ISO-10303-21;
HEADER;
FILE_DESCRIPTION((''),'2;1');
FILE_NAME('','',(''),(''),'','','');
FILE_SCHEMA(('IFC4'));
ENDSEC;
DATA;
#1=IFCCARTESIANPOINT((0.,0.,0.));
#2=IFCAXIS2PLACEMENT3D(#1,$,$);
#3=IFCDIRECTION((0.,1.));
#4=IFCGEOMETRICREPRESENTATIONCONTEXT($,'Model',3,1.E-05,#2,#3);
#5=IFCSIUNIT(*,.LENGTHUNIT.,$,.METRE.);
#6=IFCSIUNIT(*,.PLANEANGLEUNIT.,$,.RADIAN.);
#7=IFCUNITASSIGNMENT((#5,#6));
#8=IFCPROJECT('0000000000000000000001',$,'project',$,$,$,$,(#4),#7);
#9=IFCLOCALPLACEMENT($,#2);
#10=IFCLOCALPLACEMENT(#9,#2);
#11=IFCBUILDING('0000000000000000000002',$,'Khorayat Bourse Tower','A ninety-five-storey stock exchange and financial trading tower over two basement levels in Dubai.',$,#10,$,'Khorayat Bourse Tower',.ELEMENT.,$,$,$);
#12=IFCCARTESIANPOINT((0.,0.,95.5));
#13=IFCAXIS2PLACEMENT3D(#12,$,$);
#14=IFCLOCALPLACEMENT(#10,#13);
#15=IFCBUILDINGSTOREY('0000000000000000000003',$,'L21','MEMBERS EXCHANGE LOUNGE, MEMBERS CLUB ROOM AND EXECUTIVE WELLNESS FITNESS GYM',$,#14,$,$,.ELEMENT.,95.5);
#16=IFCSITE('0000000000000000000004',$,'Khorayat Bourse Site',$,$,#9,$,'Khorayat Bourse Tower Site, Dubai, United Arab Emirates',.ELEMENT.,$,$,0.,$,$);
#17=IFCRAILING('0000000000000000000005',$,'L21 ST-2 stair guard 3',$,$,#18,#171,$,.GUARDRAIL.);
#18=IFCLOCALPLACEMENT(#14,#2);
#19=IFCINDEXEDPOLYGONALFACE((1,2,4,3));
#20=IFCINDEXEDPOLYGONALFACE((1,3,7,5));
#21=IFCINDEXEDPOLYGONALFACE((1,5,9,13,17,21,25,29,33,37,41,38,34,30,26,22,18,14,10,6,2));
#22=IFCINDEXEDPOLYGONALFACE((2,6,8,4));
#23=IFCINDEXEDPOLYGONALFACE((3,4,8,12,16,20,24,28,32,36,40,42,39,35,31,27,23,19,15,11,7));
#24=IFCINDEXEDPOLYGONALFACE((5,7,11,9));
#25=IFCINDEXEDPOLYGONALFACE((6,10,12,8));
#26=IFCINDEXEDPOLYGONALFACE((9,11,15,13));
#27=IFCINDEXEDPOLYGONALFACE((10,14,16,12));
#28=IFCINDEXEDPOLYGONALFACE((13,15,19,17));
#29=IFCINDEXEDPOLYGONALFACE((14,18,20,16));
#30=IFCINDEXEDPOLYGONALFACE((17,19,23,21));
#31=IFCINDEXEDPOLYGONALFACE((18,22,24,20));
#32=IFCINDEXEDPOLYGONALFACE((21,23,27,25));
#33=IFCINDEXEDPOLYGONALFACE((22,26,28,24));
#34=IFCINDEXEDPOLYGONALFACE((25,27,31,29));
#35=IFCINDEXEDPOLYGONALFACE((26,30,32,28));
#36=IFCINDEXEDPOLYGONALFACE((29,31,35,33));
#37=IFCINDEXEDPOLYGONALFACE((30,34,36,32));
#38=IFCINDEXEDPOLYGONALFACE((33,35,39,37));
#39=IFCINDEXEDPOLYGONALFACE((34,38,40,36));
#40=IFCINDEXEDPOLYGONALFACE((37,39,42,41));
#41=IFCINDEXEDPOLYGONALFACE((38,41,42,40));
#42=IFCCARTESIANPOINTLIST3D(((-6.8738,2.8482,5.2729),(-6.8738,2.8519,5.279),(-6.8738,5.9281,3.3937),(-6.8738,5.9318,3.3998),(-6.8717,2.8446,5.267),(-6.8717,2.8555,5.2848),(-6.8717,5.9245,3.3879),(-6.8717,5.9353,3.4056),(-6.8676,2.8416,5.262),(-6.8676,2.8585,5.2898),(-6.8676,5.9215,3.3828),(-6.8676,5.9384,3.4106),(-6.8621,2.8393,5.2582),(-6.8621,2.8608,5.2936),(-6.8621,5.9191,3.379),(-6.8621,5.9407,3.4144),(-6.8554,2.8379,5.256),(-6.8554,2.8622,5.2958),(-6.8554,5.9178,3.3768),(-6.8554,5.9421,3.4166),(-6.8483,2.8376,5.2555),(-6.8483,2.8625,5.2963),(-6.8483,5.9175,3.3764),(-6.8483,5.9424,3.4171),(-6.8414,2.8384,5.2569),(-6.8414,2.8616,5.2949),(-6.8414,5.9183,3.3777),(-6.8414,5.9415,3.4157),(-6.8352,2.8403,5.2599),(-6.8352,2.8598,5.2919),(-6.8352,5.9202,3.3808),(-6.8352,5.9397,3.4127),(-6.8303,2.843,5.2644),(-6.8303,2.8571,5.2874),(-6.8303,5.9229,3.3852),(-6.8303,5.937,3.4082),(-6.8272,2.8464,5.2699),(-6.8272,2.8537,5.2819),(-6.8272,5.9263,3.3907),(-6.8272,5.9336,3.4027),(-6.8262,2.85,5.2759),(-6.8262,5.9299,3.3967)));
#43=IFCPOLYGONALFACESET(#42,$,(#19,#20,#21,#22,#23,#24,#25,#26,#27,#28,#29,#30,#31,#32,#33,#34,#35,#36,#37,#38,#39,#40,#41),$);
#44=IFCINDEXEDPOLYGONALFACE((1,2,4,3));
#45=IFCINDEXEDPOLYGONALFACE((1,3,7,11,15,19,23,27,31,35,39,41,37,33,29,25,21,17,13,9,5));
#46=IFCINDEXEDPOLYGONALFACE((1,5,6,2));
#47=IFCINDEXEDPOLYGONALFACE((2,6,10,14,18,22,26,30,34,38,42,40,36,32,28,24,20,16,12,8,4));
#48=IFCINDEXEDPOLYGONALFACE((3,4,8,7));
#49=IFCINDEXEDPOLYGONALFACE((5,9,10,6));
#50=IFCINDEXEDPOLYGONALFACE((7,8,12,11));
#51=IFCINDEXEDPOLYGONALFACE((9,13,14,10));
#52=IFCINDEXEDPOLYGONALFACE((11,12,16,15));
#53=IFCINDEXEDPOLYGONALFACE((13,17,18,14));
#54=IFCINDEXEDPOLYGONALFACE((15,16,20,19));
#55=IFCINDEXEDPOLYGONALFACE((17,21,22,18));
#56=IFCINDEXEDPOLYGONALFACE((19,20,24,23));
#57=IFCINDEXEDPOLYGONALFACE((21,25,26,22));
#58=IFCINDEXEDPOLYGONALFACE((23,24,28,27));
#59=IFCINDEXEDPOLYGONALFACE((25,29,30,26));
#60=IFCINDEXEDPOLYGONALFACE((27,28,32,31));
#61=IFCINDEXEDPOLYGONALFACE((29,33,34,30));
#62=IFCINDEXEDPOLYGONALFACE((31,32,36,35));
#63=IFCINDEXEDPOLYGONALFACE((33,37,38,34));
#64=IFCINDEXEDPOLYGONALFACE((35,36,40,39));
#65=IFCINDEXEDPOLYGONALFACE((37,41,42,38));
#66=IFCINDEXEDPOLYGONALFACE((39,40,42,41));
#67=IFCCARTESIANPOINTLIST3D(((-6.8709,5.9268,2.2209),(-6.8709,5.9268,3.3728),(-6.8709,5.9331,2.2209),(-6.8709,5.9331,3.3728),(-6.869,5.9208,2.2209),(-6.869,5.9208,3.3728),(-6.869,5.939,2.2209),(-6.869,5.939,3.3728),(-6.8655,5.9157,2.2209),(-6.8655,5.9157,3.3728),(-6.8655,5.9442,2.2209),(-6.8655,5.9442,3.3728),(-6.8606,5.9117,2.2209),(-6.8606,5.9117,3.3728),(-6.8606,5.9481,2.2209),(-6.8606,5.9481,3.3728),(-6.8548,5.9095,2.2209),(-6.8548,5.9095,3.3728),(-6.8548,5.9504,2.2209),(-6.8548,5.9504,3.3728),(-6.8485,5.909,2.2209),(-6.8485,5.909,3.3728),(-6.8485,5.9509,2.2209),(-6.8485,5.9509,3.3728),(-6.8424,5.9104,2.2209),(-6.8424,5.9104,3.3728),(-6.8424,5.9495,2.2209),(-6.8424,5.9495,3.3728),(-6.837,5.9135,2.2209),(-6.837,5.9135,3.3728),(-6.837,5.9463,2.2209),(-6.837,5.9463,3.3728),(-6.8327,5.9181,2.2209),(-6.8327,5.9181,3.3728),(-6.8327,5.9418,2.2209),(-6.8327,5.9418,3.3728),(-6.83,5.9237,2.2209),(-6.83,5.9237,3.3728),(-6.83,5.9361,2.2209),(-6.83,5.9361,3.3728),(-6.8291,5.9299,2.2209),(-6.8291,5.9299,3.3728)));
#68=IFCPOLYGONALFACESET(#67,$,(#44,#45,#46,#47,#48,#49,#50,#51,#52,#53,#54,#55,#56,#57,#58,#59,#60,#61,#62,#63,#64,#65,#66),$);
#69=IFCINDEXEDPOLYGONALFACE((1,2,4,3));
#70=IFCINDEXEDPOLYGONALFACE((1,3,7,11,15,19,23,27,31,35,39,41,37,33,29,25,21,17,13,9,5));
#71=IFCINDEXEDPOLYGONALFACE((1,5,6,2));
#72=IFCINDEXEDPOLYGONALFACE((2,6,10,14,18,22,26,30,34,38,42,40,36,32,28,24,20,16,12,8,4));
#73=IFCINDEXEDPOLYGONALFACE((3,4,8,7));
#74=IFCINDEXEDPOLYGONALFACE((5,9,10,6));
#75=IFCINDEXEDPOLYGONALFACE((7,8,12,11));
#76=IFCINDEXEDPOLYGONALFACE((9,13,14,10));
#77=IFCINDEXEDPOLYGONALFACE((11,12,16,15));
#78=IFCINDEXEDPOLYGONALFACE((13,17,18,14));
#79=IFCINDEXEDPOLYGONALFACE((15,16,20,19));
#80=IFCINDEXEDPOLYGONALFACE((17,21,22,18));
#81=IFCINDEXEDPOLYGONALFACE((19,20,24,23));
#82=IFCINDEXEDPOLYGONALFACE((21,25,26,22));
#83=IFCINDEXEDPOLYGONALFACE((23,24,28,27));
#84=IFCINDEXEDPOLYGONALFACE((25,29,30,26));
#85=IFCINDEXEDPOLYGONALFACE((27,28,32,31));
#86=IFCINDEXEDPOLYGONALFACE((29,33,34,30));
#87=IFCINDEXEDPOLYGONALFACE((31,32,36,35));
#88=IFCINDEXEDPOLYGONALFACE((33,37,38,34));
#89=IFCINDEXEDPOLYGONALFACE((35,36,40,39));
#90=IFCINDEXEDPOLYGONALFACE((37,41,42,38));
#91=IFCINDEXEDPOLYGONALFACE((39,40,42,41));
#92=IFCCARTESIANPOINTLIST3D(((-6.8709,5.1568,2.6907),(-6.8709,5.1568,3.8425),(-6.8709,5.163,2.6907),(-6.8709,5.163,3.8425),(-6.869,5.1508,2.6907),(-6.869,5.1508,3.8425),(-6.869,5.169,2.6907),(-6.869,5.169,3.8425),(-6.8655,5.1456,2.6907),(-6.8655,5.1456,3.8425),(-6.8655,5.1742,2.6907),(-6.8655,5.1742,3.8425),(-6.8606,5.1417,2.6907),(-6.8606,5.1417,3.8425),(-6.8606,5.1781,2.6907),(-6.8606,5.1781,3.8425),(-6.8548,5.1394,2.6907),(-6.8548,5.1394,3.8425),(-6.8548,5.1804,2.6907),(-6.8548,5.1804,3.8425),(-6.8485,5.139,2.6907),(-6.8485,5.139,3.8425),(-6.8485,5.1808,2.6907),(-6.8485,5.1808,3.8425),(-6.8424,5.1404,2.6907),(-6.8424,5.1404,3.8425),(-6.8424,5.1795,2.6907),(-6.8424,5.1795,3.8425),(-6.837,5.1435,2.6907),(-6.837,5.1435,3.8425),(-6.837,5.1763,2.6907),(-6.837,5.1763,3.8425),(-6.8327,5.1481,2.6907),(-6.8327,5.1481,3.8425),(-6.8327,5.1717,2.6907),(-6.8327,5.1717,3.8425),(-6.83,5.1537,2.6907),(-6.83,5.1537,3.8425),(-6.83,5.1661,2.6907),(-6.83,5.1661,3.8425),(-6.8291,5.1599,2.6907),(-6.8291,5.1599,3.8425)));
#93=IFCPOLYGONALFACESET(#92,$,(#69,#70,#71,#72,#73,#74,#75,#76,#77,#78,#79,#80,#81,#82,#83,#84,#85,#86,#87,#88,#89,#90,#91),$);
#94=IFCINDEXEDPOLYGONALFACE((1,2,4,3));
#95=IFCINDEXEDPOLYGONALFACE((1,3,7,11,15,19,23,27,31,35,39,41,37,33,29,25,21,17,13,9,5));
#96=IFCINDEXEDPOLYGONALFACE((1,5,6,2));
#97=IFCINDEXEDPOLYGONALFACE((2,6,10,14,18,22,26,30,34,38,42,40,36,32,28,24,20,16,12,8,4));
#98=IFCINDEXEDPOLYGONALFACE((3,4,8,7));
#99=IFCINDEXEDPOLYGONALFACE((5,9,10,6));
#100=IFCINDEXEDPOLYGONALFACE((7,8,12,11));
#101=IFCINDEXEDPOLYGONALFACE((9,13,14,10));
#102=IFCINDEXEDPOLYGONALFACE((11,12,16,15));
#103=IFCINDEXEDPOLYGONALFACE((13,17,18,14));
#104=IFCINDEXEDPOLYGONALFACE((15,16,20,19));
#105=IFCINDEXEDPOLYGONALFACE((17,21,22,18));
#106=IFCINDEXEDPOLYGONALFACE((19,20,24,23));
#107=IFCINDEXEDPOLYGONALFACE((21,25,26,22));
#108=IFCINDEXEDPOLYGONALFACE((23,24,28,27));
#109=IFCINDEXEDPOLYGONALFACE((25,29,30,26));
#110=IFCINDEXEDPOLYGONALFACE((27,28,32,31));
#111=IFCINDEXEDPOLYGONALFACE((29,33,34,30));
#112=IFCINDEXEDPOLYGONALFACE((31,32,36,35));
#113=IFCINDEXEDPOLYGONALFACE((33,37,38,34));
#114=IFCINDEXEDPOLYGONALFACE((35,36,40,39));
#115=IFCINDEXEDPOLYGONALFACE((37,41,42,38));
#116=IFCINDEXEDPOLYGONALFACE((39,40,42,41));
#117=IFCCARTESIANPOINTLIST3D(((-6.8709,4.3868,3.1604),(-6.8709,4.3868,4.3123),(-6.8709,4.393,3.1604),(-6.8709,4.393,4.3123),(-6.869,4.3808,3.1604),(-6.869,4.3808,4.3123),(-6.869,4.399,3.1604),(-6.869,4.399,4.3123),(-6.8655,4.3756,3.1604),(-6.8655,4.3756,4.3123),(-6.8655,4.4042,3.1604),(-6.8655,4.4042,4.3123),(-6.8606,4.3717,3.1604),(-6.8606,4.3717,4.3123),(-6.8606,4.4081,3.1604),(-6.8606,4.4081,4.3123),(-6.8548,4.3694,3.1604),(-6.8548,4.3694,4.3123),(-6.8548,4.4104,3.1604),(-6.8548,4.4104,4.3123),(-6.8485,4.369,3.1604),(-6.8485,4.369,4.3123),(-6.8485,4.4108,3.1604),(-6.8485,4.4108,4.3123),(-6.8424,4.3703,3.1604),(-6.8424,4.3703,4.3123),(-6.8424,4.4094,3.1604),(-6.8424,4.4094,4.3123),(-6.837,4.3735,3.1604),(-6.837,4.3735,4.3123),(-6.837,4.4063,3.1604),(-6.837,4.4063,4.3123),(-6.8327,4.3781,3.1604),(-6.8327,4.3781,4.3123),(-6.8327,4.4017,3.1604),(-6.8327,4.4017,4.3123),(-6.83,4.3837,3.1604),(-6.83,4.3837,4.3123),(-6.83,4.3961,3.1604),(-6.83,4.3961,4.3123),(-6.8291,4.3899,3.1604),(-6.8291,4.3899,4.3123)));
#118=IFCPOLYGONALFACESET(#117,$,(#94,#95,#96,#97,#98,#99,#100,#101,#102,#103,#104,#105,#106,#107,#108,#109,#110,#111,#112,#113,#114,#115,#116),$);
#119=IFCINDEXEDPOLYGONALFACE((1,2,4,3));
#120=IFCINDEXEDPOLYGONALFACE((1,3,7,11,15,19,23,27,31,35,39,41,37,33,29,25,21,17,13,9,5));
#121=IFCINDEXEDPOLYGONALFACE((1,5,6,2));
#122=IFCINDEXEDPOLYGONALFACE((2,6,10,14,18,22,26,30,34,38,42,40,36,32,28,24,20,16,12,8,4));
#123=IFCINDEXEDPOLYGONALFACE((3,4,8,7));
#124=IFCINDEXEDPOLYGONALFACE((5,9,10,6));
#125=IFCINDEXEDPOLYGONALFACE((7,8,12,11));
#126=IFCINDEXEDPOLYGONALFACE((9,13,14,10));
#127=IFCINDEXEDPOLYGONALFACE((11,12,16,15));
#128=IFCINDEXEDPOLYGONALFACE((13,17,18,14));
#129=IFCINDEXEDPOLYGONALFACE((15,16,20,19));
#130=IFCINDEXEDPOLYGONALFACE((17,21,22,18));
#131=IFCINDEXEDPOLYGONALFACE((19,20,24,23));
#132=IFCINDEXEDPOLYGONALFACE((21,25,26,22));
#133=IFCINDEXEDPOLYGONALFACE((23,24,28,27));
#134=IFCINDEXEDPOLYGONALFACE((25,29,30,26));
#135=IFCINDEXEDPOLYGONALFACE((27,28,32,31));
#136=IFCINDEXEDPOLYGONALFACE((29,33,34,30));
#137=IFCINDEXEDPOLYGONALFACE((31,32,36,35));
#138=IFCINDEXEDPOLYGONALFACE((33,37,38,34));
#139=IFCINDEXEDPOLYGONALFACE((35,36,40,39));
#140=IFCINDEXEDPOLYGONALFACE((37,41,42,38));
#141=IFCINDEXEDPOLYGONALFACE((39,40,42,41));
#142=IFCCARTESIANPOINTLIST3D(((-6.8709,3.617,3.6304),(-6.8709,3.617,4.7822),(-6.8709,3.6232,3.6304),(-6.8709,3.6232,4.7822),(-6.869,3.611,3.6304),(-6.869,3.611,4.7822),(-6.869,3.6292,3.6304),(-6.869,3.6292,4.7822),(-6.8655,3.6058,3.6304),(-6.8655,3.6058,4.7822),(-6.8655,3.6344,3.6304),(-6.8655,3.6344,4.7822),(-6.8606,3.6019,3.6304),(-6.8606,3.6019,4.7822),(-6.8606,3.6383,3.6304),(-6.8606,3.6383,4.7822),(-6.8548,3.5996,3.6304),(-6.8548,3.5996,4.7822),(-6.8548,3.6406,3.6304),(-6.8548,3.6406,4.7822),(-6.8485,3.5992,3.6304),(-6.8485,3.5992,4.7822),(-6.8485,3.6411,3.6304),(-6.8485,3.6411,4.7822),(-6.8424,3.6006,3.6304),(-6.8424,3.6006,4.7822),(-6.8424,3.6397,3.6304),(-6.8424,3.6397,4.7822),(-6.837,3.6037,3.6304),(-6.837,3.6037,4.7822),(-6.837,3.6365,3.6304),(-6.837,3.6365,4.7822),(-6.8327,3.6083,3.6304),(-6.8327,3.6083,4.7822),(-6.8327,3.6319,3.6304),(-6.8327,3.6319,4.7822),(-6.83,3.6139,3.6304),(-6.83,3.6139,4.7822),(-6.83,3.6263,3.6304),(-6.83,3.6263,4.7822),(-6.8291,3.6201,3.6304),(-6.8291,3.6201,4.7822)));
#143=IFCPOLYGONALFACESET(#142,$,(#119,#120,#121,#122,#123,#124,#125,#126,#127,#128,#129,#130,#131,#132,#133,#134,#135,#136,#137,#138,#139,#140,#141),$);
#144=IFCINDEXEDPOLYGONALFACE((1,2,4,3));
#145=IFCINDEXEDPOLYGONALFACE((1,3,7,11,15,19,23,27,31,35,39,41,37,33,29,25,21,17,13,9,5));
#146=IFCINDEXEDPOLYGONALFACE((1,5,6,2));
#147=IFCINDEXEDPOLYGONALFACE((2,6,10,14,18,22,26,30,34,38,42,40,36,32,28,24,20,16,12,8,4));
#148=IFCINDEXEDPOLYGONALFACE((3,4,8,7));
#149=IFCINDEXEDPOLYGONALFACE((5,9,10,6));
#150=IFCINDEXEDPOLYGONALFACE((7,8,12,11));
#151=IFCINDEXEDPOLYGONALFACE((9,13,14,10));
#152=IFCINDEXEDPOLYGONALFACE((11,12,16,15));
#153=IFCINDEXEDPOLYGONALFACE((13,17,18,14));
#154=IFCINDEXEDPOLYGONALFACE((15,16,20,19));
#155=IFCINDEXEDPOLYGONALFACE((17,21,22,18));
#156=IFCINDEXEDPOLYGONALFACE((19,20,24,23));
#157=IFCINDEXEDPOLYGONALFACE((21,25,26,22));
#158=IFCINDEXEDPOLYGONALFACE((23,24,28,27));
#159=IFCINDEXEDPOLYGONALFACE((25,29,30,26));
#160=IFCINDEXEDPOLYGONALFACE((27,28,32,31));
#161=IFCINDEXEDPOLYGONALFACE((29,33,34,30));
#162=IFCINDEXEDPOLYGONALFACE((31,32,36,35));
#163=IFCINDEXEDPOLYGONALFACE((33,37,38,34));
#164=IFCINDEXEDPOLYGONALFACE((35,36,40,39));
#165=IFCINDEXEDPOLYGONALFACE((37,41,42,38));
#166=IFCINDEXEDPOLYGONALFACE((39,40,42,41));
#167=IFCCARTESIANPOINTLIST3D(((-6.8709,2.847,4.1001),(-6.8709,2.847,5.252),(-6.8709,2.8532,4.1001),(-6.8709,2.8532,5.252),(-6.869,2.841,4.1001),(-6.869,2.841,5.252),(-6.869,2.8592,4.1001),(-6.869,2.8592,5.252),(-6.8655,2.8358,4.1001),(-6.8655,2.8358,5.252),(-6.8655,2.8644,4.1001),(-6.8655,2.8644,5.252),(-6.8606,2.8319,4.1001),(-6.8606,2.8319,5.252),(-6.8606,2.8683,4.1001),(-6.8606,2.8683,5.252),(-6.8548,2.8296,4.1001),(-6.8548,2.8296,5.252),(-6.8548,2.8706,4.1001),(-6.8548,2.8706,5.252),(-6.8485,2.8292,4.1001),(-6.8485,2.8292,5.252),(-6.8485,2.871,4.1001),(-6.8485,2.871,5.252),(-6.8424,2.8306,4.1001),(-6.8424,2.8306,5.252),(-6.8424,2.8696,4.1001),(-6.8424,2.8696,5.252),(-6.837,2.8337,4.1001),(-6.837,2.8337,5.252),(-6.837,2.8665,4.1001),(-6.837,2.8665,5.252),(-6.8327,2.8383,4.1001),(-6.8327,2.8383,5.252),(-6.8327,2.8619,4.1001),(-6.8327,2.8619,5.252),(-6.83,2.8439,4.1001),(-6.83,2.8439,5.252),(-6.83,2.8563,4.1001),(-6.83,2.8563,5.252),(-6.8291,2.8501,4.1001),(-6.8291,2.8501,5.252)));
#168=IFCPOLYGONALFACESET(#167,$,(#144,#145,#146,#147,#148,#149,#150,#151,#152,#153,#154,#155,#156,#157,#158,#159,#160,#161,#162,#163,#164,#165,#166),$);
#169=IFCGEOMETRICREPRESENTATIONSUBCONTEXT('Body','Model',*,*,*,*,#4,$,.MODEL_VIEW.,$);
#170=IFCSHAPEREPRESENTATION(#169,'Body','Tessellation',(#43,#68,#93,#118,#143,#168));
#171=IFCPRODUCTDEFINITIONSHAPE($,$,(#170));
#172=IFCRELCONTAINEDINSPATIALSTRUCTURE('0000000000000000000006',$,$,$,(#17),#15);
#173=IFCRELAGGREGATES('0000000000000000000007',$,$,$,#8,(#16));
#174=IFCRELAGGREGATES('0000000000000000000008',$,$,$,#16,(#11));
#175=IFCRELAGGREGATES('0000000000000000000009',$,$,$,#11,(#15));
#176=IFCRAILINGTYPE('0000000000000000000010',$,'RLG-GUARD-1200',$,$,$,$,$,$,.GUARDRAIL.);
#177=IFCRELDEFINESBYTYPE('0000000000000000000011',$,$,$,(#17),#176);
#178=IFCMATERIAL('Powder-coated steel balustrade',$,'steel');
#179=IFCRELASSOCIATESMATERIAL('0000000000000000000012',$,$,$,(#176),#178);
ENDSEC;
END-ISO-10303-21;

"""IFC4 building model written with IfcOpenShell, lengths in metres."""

from ifc_helpers import new_model, si_unit, direction, frame, origin, origin_2d, place, context, subcontext, project, spatial, circle, extrude, source, transform, mapped, material, type_object, element, save


model = new_model("IFC4")

# Units and contexts
model_context = context("Model", 3, precision=1e-05, world=origin(), true_north=direction((0.0, 1.0)))
body_context = subcontext(model_context, "Body", "Model", "MODEL_VIEW")
ifc_project = project(units=[si_unit("LENGTHUNIT", "METRE"), si_unit("PLANEANGLEUNIT", "RADIAN")], contexts=[model_context])

# Site, building, storey
site_placement = place(None, origin())
site = spatial("IfcSite", under=ifc_project, at=site_placement, Name="Khorayat Bourse Site", LongName="Khorayat Bourse Tower Site, Dubai, United Arab Emirates", CompositionType="ELEMENT", RefElevation=0.0)
building_placement = place(site_placement, origin())
building = spatial("IfcBuilding", under=site, at=building_placement, Name="Khorayat Bourse Tower", Description="A ninety-five-storey stock exchange and financial trading tower over two basement levels in Dubai.", LongName="Khorayat Bourse Tower", CompositionType="ELEMENT")
storey_placement = place(building_placement, frame((0.0, 0.0, 95.5)))
storey = spatial("IfcBuildingStorey", under=building, at=storey_placement, Name="L21", Description="MEMBERS EXCHANGE LOUNGE, MEMBERS CLUB ROOM AND EXECUTIVE WELLNESS FITNESS GYM", CompositionType="ELEMENT", Elevation=95.5)

# Railing
ifc_material_1 = material(Name="Powder-coated steel balustrade", Category="steel")
railing_type_1 = type_object("IfcRailingType", Name="RLG-GUARD-1200", PredefinedType="GUARDRAIL", material=ifc_material_1)
shared_shape_1 = source(origin(), body_context, "Body", "SweptSolid", [
    extrude(circle(Radius=0.0239, at=origin_2d()), frame((0.0, 0.0, 1.1758), z_axis=(0.0, -0.853648, 0.52085), x_axis=(1.0, 0.0, 0.0)), (0.0, 0.0, 1.0), 3.6079),
    extrude(circle(Radius=0.021, at=origin_2d()), origin(), (0.0, 0.0, 1.0), 1.1519),
    extrude(circle(Radius=0.021, at=origin_2d()), frame((0.0, -0.77, 0.4697)), (0.0, 0.0, 1.0), 1.1519),
    extrude(circle(Radius=0.021, at=origin_2d()), frame((0.0, -1.54, 0.9395)), (0.0, 0.0, 1.0), 1.1519),
    extrude(circle(Radius=0.021, at=origin_2d()), frame((0.0, -2.3098, 1.4094)), (0.0, 0.0, 1.0), 1.1519),
    extrude(circle(Radius=0.021, at=origin_2d()), frame((0.0, -3.0798, 1.8792)), (0.0, 0.0, 1.0), 1.1519),
])
railing_1_placement = place(storey_placement, frame((-6.8501, 5.9299, 2.2209)))
element("IfcRailing", 1, at=railing_1_placement, inside=storey, type_object=railing_type_1, Name="L21 ST-2 stair guard 3", PredefinedType="GUARDRAIL", context=body_context, shape_type="MappedRepresentation", body=[
    mapped(shared_shape_1, transform((0.0, 0.0, 0.0), scale=1.0)),
])

save(model, "model.ifc")
